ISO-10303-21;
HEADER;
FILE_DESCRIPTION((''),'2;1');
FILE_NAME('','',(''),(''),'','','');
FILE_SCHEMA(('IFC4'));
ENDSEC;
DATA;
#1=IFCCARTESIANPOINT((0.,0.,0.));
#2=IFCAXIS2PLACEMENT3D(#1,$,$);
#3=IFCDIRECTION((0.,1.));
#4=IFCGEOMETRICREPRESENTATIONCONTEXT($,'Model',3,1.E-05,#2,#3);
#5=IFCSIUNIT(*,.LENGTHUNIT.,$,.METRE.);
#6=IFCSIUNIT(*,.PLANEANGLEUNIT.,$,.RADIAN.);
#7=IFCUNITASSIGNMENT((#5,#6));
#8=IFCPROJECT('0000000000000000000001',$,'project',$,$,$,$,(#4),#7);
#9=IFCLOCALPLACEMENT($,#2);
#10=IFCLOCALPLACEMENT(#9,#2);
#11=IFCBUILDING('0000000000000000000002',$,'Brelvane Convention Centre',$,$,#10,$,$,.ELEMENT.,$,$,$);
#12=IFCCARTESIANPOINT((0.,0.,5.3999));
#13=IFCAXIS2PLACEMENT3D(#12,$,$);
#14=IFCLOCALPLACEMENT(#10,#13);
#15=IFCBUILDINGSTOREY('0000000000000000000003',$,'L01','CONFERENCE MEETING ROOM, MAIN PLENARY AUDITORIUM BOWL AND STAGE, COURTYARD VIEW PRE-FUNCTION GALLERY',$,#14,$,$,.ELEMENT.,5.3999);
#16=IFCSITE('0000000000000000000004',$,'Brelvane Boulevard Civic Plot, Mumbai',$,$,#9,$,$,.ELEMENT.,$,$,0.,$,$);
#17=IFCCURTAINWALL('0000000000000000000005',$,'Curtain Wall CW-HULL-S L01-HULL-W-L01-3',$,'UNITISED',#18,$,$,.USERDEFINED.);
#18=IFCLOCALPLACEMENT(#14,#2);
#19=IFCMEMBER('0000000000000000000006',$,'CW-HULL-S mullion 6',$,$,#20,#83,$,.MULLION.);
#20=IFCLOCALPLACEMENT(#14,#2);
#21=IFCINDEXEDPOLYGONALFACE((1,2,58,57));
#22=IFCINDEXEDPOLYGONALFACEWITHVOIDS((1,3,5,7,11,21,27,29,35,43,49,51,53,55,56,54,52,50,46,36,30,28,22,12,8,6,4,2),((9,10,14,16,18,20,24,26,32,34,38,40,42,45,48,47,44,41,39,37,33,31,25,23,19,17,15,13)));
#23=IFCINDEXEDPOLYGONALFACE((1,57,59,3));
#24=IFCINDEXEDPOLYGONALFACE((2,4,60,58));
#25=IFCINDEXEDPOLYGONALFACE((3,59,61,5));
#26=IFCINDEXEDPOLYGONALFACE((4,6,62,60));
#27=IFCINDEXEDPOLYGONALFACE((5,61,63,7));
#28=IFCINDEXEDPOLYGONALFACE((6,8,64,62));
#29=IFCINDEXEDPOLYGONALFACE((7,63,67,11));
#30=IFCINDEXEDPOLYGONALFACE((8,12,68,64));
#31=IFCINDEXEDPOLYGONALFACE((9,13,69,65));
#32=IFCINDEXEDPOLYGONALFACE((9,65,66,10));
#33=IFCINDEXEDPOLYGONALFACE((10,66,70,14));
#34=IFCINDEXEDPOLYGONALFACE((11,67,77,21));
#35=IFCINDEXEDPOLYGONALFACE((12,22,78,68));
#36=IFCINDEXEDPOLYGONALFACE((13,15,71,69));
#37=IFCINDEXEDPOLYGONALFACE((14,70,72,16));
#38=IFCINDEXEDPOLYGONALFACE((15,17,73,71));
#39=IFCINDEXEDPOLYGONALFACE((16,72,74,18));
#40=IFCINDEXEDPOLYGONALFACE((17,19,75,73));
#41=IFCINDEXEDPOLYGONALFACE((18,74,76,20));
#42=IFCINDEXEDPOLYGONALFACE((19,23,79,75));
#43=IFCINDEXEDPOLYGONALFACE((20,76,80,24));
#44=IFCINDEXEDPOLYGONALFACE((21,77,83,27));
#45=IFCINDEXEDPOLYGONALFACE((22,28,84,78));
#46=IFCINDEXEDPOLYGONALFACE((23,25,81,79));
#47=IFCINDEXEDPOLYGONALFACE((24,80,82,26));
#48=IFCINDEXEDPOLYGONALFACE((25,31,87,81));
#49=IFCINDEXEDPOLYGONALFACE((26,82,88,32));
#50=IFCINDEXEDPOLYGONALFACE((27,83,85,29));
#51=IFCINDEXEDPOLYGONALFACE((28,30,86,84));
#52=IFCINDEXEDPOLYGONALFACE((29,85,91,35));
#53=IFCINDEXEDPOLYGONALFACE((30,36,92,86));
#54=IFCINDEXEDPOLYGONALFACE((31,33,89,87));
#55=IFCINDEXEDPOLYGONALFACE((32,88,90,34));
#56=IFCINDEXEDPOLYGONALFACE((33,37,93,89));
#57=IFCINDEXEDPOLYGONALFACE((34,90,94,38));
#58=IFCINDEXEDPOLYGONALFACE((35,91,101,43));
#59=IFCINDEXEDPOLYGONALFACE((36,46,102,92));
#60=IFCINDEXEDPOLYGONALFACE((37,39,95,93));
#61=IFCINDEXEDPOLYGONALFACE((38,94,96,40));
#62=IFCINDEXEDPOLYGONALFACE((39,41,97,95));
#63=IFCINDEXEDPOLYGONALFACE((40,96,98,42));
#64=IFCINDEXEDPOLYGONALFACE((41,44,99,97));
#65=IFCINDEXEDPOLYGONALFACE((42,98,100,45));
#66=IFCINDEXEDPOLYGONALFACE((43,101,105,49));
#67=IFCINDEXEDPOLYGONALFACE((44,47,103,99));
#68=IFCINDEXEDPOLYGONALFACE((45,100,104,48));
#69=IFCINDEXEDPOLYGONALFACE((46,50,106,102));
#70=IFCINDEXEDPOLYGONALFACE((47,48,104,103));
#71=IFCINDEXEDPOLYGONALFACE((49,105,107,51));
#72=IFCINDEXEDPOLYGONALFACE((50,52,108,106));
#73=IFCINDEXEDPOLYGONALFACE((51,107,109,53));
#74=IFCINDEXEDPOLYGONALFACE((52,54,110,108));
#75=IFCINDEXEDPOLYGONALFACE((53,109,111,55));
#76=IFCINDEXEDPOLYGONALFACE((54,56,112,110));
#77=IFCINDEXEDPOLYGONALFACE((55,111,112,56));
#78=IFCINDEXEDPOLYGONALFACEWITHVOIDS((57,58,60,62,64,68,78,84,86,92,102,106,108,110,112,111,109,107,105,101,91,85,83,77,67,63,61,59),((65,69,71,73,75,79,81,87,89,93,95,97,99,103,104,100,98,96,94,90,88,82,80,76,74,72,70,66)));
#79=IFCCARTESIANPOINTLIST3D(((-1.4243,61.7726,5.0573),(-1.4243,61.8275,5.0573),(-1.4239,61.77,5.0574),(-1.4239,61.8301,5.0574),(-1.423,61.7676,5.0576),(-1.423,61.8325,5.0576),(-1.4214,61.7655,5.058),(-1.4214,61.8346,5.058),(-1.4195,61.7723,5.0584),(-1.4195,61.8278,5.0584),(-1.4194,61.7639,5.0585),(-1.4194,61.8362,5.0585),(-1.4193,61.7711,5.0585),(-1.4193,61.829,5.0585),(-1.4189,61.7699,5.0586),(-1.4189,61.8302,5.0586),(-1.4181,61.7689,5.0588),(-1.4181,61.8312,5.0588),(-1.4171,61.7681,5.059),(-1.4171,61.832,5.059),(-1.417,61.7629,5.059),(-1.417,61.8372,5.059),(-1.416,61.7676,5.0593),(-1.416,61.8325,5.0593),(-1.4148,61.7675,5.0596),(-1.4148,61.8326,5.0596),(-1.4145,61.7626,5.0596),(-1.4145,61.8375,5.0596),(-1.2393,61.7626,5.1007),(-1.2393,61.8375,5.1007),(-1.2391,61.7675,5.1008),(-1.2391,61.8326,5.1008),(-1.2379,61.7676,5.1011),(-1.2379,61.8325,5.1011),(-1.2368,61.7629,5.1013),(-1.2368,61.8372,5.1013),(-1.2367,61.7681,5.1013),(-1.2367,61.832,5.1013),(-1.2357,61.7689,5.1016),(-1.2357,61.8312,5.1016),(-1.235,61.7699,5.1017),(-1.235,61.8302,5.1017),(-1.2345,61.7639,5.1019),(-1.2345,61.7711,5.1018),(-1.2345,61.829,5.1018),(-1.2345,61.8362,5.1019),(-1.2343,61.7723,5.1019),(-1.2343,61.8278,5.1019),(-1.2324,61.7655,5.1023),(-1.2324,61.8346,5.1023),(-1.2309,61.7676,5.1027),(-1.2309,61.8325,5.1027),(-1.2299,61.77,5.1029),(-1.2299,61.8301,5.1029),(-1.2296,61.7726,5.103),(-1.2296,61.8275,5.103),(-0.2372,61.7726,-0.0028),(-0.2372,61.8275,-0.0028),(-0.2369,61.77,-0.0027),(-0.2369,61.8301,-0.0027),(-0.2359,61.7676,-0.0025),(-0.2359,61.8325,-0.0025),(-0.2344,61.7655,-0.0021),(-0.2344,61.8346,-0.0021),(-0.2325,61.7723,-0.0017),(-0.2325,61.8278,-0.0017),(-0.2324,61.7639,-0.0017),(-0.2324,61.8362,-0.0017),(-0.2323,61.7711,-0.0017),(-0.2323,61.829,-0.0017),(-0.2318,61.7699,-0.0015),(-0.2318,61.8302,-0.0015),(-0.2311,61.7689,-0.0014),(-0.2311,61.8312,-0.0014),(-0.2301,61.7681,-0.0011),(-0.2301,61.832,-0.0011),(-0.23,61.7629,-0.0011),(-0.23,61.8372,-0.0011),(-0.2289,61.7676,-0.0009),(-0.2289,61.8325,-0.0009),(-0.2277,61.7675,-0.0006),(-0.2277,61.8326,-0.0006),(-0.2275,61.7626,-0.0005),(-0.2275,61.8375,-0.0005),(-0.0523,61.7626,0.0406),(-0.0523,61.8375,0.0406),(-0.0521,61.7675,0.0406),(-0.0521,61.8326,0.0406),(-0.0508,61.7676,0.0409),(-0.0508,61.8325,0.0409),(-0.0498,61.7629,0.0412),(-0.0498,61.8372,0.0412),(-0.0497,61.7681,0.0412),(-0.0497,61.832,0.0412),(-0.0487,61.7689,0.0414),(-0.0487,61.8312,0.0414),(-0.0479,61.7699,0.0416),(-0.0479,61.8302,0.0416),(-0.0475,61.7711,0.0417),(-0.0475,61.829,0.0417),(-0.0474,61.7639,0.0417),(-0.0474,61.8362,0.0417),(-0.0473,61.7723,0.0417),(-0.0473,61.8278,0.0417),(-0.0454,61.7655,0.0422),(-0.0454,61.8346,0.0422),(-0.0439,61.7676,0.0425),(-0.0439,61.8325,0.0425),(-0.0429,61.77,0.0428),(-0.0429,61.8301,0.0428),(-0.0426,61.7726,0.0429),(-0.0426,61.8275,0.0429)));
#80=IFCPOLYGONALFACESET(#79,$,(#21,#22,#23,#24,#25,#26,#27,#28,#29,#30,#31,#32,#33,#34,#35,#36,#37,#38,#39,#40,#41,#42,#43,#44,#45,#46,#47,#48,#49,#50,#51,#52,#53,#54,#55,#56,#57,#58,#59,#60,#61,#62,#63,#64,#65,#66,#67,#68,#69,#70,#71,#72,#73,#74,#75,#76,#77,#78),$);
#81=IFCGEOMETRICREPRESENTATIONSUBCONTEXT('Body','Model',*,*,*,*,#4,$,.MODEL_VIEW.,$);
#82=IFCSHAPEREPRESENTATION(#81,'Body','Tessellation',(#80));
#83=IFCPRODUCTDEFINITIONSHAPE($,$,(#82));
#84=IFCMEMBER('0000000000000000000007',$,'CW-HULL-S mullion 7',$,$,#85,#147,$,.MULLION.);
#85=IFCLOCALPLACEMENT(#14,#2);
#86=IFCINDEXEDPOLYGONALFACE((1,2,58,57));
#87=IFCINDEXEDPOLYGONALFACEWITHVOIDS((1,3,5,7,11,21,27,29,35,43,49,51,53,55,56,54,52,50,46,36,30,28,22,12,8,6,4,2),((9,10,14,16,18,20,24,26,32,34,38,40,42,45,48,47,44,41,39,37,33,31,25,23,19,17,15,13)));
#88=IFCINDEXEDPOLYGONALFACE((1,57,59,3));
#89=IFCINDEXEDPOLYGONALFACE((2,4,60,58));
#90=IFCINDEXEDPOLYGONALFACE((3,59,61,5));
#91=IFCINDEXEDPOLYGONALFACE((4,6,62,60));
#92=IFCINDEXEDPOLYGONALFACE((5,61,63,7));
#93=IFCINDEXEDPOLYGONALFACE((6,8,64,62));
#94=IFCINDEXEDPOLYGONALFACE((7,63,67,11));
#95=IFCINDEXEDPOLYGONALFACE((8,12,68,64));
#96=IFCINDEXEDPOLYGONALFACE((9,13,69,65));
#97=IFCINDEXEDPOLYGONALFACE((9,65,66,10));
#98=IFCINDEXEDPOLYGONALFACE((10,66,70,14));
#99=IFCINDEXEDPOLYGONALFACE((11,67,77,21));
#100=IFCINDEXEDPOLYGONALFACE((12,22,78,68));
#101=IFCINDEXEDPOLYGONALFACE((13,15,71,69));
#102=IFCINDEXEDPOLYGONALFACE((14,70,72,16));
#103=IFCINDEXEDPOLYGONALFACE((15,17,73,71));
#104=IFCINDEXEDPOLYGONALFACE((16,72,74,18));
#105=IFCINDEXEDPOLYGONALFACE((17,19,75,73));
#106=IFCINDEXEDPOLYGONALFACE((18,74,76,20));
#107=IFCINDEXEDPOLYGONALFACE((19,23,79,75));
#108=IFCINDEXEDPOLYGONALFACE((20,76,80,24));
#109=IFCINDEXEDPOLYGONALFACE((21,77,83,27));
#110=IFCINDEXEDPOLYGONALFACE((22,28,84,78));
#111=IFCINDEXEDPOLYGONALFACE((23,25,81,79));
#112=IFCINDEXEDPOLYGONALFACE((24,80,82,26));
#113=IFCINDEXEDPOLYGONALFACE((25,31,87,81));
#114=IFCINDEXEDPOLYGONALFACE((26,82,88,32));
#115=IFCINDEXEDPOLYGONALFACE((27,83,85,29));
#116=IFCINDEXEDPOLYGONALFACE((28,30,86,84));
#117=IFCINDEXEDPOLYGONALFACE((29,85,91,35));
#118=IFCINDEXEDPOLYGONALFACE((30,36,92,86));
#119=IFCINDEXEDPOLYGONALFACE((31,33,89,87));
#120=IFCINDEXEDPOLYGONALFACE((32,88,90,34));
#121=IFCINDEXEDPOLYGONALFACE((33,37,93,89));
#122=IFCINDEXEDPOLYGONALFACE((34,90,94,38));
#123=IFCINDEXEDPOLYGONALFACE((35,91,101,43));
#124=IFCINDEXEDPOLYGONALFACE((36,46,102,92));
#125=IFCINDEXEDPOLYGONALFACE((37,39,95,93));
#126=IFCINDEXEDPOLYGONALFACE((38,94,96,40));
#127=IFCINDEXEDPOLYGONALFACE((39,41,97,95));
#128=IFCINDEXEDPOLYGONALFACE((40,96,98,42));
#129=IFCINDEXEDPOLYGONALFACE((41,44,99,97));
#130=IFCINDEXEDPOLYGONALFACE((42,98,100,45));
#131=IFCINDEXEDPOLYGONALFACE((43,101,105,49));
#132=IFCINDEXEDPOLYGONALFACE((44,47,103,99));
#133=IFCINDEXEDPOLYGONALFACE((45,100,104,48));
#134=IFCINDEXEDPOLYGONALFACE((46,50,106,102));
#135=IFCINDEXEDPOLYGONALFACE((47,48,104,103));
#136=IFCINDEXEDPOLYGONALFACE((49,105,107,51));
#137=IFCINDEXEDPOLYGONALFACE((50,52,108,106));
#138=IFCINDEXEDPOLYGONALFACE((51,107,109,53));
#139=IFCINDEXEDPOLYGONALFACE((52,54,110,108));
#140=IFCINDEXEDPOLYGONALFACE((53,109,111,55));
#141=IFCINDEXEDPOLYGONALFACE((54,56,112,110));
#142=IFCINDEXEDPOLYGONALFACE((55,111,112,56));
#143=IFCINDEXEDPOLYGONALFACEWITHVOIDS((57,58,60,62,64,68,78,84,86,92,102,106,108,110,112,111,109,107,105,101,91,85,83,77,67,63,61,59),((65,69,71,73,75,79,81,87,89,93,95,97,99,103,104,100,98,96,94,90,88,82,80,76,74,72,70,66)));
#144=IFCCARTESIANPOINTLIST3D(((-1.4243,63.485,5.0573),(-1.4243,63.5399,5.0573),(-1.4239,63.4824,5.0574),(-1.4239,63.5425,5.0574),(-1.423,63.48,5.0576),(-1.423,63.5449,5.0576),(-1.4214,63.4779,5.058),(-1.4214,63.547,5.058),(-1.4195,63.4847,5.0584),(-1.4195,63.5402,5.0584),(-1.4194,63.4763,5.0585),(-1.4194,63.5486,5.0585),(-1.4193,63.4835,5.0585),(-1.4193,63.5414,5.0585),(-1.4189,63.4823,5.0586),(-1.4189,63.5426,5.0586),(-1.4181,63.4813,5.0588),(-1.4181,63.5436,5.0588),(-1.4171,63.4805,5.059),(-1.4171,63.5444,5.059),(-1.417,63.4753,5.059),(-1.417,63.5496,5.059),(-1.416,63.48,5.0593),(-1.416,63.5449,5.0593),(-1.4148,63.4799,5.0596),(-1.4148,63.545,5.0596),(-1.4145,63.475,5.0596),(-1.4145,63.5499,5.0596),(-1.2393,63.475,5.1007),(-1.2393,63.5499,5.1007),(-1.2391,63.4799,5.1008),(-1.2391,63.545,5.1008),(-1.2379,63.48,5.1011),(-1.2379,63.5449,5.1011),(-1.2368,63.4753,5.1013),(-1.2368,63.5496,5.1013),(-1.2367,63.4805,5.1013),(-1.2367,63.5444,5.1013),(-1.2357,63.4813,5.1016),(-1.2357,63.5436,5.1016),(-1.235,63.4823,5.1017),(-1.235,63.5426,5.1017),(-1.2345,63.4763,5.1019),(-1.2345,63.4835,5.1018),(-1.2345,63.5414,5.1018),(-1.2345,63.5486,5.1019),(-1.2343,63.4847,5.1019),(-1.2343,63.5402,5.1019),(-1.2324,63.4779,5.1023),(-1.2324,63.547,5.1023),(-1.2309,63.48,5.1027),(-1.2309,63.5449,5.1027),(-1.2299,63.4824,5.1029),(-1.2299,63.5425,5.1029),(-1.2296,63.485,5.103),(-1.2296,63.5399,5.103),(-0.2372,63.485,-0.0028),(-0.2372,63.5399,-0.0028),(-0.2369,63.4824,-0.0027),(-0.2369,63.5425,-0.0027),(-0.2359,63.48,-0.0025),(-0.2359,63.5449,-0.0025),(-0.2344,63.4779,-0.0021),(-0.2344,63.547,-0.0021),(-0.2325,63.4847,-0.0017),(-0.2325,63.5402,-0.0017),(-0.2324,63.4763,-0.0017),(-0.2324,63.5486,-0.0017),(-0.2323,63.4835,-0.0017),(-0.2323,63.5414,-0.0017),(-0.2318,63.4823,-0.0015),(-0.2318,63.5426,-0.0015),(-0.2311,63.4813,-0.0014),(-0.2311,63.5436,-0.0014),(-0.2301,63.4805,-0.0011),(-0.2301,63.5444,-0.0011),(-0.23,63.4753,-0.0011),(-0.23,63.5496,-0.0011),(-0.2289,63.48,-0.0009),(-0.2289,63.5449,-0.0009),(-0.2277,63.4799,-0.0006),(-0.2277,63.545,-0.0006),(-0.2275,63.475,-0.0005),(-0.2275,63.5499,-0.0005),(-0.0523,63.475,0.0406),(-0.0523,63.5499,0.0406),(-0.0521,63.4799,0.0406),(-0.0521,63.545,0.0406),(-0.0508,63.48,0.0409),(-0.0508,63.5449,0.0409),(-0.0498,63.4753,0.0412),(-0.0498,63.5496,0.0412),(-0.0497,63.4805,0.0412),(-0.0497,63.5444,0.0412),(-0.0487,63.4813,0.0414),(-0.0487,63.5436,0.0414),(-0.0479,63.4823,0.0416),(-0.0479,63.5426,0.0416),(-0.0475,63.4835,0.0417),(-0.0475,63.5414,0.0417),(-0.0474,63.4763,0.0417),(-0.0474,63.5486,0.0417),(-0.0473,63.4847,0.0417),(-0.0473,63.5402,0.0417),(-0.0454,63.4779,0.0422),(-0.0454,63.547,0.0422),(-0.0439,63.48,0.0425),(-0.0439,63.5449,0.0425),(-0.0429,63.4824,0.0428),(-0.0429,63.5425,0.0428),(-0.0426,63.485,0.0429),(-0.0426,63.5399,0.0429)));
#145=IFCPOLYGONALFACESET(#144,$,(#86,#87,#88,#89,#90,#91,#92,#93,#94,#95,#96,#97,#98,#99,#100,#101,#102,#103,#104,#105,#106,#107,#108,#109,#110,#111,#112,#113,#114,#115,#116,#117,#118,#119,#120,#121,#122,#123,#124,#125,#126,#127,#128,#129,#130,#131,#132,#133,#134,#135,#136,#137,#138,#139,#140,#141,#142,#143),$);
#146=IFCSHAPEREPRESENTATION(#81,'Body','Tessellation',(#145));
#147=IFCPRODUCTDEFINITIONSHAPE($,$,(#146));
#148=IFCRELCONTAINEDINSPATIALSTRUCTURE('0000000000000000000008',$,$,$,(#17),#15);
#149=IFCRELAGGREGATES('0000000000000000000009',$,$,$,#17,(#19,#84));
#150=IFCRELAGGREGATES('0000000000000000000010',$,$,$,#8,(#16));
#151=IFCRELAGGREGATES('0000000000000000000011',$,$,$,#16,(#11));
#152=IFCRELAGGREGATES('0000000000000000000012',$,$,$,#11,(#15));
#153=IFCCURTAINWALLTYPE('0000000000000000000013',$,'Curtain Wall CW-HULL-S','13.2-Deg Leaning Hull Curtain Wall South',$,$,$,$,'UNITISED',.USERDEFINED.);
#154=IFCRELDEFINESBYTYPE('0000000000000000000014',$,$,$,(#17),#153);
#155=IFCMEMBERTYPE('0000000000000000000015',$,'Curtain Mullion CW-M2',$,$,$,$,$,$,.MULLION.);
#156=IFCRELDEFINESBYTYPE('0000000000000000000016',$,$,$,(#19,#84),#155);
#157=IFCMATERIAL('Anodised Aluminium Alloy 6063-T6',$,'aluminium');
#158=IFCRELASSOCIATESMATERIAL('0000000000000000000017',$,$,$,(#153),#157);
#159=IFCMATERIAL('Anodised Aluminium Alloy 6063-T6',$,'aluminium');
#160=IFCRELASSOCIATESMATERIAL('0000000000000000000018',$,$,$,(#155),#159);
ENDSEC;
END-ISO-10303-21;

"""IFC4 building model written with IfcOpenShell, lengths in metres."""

from ifc_helpers import new_model, si_unit, direction, frame, origin, origin_2d, place, context, subcontext, project, spatial, hollow_rectangle, extrude, material, material_profile, profile_set, type_object, element, aggregate, save


model = new_model("IFC4")

# Units and contexts
model_context = context("Model", 3, precision=1e-05, world=origin(), true_north=direction((0.0, 1.0)))
body_context = subcontext(model_context, "Body", "Model", "MODEL_VIEW")
ifc_project = project(units=[si_unit("LENGTHUNIT", "METRE"), si_unit("PLANEANGLEUNIT", "RADIAN")], contexts=[model_context])

# Site, building, storey
site_placement = place(None, origin())
site = spatial("IfcSite", under=ifc_project, at=site_placement, Name="Brelvane Boulevard Civic Plot, Mumbai", CompositionType="ELEMENT", RefElevation=0.0)
building_placement = place(site_placement, origin())
building = spatial("IfcBuilding", under=site, at=building_placement, Name="Brelvane Convention Centre", CompositionType="ELEMENT")
storey_placement = place(building_placement, frame((0.0, 0.0, 5.3999)))
storey = spatial("IfcBuildingStorey", under=building, at=storey_placement, Name="L01", Description="CONFERENCE MEETING ROOM, MAIN PLENARY AUDITORIUM BOWL AND STAGE, COURTYARD VIEW PRE-FUNCTION GALLERY", CompositionType="ELEMENT", Elevation=5.3999)

# Curtain wall, members
ifc_material_1 = material(Name="Anodised Aluminium Alloy 6063-T6", Category="aluminium")
curtain_wall_type = type_object("IfcCurtainWallType", Name="Curtain Wall CW-HULL-S", Description="13.2-Deg Leaning Hull Curtain Wall South", ElementType="UNITISED", PredefinedType="USERDEFINED", material=ifc_material_1)
curtain_wall_1_placement = place(storey_placement, origin())
curtain_wall_1 = element("IfcCurtainWall", 1, at=curtain_wall_1_placement, inside=storey, type_object=curtain_wall_type, Name="Curtain Wall CW-HULL-S L01-HULL-W-L01-3", ObjectType="UNITISED", PredefinedType="USERDEFINED")
ifc_material_2 = material(Name="Anodised Aluminium Alloy 6063-T6", Category="aluminium")
ifc_material_profile_1 = material_profile(ifc_material_2, hollow_rectangle(XDim=0.075, YDim=0.2, WallThickness=0.0049, InnerFilletRadius=0.0049, OuterFilletRadius=0.01, at=origin_2d()), Name="ALU-M 200x75x5.0")
ifc_profile_set_1 = profile_set([ifc_material_profile_1], Name="Anodised Aluminium Alloy 6063-T6")
member_type_1 = type_object("IfcMemberType", Name="Curtain Mullion CW-M2", PredefinedType="MULLION", material=ifc_profile_set_1)
member_1_placement = place(storey_placement, frame((-0.1399, 61.8, 0.02), z_axis=(-0.228385, 0.0, 0.973571), x_axis=(0.0, -1.0, 0.0)))
member_1 = element("IfcMember", 2, at=member_1_placement, type_object=member_type_1, Name="CW-HULL-S mullion 6", PredefinedType="MULLION", context=body_context, shape_type="SweptSolid", body=[
    extrude(hollow_rectangle(XDim=0.075, YDim=0.2, WallThickness=0.0049, InnerFilletRadius=0.0049, OuterFilletRadius=0.01, at=origin_2d()), origin(), (0.0, 0.0, 1.0), 5.1975),
])
member_2_placement = place(storey_placement, frame((-0.1399, 63.5125, 0.02), z_axis=(-0.228385, 0.0, 0.973571), x_axis=(0.0, -1.0, 0.0)))
member_2 = element("IfcMember", 3, at=member_2_placement, type_object=member_type_1, Name="CW-HULL-S mullion 7", PredefinedType="MULLION", context=body_context, shape_type="SweptSolid", body=[
    extrude(hollow_rectangle(XDim=0.075, YDim=0.2, WallThickness=0.0049, InnerFilletRadius=0.0049, OuterFilletRadius=0.01, at=origin_2d()), origin(), (0.0, 0.0, 1.0), 5.1975),
])

aggregate(curtain_wall_1, [member_1, member_2])

save(model, "model.ifc")
